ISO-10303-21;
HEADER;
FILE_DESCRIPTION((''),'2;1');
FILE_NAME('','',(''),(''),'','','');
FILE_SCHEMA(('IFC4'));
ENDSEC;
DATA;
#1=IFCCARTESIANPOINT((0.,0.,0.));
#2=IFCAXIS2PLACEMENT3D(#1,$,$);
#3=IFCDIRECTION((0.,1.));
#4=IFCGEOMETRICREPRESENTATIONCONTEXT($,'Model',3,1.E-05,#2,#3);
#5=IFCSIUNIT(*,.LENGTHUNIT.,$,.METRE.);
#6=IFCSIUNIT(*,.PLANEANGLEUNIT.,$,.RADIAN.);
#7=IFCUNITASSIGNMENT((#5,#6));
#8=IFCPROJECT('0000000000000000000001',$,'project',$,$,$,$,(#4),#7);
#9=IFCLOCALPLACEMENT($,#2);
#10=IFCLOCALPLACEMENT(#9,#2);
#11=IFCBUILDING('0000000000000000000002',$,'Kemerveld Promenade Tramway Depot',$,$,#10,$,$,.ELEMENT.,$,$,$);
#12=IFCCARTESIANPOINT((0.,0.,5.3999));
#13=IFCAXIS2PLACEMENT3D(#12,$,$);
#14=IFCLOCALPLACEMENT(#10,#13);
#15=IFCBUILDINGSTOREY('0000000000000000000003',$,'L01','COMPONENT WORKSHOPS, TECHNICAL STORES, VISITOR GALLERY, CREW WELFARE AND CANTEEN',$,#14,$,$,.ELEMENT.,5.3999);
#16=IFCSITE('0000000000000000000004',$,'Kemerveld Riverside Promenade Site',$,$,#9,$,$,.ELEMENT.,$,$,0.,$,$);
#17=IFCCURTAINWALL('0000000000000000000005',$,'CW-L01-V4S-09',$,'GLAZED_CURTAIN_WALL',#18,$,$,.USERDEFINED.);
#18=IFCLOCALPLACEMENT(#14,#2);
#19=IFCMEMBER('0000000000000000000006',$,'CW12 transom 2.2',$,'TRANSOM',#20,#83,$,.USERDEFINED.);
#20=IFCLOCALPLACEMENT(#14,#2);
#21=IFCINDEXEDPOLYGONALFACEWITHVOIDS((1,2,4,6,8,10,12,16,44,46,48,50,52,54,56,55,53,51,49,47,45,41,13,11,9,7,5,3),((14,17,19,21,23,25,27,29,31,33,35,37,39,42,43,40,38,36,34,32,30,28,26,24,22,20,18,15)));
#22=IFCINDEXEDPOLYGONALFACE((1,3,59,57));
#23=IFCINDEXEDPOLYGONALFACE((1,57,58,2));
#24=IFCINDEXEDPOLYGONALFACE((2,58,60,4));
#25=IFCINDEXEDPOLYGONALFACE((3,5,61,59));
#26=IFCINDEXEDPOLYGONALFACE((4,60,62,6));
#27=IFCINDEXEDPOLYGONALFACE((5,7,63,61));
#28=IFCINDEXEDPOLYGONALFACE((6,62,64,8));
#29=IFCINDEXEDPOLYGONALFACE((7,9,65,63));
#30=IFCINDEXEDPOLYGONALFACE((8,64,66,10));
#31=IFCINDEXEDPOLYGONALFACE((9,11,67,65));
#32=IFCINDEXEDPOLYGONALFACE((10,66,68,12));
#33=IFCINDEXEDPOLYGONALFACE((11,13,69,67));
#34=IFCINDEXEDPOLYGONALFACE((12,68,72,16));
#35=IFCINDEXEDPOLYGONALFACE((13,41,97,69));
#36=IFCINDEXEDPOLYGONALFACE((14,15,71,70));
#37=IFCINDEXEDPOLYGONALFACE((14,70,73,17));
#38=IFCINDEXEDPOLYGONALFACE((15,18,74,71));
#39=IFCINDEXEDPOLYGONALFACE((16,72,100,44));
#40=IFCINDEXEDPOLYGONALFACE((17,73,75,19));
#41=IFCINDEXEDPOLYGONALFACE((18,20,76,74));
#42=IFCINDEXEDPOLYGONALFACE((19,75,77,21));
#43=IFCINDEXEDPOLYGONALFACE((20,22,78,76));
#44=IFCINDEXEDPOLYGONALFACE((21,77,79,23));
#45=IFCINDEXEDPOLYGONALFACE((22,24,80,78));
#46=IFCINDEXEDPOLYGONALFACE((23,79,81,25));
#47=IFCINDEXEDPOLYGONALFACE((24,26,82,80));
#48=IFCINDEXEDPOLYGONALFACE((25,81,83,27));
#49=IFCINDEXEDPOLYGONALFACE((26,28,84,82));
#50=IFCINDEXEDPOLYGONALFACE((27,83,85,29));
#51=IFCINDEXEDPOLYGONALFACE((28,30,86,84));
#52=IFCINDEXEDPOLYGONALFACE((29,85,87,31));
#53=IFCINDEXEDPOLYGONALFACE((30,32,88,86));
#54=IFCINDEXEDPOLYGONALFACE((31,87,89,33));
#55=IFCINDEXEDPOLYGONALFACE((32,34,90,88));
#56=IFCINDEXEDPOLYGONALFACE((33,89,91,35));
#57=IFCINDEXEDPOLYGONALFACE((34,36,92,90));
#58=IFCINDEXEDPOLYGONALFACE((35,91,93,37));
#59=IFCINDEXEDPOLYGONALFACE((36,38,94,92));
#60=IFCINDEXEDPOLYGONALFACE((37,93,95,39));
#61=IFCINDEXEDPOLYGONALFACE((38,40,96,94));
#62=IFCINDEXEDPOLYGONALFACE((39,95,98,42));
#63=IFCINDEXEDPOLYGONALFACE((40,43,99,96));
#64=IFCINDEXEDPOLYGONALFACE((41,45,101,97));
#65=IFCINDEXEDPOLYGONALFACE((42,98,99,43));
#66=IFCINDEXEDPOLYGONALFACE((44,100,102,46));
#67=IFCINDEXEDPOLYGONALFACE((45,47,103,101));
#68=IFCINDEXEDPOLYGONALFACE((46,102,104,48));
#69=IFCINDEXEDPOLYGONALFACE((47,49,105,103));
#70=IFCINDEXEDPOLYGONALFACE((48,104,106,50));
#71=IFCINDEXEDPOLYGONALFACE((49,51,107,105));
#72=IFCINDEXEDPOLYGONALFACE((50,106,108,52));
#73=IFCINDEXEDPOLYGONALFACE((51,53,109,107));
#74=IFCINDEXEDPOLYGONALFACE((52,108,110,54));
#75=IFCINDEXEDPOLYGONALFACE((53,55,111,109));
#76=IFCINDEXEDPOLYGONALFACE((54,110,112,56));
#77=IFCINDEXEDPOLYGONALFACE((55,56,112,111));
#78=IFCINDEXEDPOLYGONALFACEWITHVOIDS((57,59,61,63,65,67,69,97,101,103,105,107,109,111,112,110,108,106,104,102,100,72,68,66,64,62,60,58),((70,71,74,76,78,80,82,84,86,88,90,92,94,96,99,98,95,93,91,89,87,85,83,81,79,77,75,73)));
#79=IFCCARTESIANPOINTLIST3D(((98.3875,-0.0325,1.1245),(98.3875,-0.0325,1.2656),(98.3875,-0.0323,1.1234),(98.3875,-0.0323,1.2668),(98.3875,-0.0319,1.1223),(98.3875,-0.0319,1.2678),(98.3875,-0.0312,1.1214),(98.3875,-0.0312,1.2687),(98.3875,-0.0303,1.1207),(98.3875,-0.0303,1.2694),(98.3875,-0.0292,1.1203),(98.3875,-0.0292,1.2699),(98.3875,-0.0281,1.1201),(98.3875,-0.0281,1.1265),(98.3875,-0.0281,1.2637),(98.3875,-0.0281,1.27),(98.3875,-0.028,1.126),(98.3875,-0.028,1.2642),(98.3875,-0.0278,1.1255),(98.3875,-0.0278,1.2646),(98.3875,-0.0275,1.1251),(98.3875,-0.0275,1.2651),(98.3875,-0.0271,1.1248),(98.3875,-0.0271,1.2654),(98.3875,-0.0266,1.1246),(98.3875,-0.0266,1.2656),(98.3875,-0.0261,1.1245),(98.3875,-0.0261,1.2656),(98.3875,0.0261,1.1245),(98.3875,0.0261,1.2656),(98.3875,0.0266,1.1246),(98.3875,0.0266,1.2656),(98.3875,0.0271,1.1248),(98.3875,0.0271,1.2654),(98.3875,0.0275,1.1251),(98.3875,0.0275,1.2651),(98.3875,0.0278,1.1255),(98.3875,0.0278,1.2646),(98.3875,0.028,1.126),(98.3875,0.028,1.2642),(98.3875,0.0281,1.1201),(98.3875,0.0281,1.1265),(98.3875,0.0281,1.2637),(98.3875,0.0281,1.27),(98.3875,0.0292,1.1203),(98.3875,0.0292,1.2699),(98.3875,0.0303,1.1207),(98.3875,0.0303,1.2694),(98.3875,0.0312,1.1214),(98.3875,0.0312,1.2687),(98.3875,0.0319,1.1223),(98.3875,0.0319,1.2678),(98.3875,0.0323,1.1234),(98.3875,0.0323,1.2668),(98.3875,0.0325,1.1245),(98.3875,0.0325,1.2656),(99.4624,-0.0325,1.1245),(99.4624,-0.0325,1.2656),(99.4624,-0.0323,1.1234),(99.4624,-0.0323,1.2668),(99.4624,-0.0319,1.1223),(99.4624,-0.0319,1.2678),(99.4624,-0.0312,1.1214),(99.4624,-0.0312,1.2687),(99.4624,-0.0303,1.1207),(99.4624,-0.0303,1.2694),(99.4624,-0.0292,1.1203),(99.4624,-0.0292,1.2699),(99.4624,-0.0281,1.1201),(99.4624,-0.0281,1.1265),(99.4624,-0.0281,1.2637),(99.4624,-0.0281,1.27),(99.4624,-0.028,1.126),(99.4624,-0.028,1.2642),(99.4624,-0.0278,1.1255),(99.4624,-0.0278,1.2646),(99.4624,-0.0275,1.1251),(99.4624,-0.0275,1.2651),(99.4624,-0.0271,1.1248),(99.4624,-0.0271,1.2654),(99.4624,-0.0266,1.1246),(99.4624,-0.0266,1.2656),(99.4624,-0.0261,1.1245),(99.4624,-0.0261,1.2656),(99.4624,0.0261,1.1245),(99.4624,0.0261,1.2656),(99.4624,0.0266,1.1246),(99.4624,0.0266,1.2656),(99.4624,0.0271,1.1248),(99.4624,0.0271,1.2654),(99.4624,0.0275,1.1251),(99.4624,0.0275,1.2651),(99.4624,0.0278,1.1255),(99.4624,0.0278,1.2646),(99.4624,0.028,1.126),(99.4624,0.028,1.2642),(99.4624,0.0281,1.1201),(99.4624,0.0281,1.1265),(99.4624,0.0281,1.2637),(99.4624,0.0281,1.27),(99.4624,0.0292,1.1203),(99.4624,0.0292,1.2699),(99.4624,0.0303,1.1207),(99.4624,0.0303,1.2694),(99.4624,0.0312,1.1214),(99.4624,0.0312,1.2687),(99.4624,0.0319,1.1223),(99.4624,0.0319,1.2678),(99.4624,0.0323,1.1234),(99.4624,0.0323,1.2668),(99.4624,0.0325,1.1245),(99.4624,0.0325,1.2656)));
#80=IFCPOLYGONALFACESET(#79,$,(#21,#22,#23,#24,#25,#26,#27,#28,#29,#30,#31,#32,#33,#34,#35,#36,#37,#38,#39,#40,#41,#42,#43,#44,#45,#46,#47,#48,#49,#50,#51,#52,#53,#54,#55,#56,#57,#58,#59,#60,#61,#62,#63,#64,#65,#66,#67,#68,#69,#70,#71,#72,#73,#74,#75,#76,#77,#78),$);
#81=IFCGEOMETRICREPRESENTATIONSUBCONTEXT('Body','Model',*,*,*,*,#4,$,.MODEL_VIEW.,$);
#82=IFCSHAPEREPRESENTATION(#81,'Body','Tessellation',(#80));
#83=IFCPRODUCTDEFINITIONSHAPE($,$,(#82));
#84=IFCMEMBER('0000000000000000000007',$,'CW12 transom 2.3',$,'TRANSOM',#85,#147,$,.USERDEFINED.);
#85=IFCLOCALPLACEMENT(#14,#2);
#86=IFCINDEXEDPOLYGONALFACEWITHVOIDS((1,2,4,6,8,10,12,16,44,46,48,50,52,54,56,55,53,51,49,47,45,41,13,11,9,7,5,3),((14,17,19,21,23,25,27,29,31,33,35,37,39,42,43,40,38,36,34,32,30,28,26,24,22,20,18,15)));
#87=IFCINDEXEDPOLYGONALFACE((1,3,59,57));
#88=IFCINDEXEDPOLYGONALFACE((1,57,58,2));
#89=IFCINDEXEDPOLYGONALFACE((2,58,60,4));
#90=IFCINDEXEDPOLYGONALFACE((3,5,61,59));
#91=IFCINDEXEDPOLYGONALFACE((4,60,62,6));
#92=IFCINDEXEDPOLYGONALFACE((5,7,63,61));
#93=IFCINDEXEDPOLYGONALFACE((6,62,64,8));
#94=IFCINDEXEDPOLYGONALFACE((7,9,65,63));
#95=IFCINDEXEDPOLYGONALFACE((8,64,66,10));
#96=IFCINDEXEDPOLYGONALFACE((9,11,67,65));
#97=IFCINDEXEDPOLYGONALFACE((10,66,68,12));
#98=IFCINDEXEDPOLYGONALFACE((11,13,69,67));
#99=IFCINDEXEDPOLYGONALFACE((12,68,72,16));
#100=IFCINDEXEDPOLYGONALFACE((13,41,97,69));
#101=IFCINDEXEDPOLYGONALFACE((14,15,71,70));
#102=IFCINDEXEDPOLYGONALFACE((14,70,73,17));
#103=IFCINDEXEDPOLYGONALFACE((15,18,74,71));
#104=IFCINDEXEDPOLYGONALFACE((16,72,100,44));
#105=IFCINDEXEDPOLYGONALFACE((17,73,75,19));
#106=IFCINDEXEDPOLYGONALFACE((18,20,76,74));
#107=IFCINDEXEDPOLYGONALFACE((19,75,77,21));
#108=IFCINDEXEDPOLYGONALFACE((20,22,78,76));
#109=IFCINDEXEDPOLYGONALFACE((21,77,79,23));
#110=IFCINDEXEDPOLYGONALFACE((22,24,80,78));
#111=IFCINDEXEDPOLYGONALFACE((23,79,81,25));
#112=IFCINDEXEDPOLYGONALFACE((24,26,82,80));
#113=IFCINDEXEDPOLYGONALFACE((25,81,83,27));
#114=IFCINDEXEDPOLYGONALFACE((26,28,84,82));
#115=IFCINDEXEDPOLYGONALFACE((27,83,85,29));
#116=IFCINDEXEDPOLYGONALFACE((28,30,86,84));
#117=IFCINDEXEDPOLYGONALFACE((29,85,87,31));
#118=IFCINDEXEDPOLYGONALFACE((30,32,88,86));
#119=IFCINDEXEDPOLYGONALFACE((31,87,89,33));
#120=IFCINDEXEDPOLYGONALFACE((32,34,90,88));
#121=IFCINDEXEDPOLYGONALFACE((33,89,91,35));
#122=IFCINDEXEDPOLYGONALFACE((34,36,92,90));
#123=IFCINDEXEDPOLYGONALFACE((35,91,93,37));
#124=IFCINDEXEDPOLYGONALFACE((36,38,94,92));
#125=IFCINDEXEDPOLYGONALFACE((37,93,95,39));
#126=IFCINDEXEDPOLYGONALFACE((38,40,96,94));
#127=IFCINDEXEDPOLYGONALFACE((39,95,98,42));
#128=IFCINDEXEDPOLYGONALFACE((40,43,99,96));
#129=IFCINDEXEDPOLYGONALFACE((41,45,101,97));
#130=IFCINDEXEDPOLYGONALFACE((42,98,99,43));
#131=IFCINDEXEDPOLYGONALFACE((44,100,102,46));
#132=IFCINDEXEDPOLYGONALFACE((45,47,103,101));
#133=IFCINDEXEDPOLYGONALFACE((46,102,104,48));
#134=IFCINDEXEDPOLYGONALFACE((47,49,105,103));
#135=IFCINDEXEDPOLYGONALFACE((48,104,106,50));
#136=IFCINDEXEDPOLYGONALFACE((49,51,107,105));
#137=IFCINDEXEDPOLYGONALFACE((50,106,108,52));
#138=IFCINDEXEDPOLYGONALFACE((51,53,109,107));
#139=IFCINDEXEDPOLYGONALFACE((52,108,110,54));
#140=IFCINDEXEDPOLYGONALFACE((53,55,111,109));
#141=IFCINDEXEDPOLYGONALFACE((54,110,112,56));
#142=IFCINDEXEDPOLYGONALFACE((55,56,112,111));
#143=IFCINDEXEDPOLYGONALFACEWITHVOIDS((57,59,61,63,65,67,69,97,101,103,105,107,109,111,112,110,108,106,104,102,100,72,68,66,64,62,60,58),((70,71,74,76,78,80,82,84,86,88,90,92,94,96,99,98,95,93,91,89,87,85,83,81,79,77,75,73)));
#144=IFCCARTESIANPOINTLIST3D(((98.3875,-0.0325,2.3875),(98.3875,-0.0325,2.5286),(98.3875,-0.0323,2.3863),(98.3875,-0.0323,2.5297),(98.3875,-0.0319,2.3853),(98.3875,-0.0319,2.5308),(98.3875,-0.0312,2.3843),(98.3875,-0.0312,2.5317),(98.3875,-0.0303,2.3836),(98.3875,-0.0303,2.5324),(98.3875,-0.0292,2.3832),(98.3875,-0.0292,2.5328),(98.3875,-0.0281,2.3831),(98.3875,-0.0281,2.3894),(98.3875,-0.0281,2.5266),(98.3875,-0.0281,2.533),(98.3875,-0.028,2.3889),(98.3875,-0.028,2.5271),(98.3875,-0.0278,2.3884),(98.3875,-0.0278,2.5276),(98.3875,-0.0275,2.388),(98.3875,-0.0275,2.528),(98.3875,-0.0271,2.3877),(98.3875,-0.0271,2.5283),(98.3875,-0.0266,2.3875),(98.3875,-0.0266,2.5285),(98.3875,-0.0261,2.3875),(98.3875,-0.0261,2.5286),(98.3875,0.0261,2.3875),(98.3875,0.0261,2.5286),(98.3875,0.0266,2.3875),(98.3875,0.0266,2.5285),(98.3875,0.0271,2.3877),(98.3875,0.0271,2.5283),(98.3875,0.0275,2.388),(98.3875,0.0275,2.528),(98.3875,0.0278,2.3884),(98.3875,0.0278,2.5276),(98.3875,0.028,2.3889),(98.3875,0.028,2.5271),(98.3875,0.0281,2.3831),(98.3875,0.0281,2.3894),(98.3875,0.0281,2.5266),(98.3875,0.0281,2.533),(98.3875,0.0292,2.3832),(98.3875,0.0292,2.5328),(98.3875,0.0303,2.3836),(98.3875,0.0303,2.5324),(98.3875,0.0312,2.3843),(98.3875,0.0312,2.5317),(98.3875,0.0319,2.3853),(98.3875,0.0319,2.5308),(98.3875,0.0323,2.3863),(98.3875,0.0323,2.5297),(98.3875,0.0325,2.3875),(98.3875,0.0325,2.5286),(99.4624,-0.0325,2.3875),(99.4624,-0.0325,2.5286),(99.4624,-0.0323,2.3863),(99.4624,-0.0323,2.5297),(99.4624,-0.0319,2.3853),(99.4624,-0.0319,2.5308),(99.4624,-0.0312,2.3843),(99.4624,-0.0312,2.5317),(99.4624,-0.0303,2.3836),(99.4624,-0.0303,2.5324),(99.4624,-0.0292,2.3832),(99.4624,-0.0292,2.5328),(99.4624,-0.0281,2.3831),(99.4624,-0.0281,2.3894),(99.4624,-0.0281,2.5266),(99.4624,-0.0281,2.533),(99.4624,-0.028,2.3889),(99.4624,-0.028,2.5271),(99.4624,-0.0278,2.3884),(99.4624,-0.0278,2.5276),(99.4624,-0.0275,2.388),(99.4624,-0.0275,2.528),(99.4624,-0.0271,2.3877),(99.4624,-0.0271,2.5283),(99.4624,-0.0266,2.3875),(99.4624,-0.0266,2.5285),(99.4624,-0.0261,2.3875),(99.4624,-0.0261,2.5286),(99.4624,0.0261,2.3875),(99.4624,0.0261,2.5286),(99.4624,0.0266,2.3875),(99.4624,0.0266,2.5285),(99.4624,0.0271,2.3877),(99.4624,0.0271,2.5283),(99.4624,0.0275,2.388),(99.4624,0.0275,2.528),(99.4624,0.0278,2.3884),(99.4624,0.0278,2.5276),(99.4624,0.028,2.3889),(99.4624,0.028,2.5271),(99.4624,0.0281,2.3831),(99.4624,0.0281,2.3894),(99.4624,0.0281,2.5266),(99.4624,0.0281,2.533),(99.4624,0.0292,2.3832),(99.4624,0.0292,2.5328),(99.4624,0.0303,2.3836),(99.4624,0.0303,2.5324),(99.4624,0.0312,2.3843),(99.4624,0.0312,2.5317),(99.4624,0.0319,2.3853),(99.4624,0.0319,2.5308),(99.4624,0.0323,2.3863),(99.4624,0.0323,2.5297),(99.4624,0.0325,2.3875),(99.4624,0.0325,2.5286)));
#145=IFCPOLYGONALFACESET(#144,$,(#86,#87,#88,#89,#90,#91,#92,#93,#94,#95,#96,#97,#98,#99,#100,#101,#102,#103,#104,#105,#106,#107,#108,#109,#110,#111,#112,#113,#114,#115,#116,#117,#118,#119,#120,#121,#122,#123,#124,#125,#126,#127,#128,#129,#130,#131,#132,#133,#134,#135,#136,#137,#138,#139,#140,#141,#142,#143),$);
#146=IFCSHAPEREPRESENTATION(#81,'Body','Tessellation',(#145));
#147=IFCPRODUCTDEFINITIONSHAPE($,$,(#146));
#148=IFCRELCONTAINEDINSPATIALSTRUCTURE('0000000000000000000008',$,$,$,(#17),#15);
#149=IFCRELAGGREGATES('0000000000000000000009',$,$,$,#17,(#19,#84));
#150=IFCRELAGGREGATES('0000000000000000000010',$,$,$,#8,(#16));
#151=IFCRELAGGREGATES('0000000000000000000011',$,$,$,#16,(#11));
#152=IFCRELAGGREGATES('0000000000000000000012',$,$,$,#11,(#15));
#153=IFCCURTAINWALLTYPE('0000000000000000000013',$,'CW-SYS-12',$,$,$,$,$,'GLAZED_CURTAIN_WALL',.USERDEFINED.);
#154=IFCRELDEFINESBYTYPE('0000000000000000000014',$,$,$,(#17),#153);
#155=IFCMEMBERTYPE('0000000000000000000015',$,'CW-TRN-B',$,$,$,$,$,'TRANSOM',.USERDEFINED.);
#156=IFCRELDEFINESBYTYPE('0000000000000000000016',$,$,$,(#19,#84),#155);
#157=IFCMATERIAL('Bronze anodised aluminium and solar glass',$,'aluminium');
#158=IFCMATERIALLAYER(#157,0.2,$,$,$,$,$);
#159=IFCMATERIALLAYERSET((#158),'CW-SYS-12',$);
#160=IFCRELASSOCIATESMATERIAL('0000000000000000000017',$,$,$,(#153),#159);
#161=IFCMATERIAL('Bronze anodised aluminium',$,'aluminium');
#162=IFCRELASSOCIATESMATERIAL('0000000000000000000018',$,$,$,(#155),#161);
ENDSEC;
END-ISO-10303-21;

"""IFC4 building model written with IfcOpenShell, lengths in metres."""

from ifc_helpers import new_model, si_unit, direction, frame, origin, origin_2d, place, context, subcontext, project, spatial, hollow_rectangle, extrude, material, layer, layer_set, material_profile, profile_set, type_object, element, aggregate, save


model = new_model("IFC4")

# Units and contexts
model_context = context("Model", 3, precision=1e-05, world=origin(), true_north=direction((0.0, 1.0)))
body_context = subcontext(model_context, "Body", "Model", "MODEL_VIEW")
ifc_project = project(units=[si_unit("LENGTHUNIT", "METRE"), si_unit("PLANEANGLEUNIT", "RADIAN")], contexts=[model_context])

# Site, building, storey
site_placement = place(None, origin())
site = spatial("IfcSite", under=ifc_project, at=site_placement, Name="Kemerveld Riverside Promenade Site", CompositionType="ELEMENT", RefElevation=0.0)
building_placement = place(site_placement, origin())
building = spatial("IfcBuilding", under=site, at=building_placement, Name="Kemerveld Promenade Tramway Depot", CompositionType="ELEMENT")
storey_placement = place(building_placement, frame((0.0, 0.0, 5.3999)))
storey = spatial("IfcBuildingStorey", under=building, at=storey_placement, Name="L01", Description="COMPONENT WORKSHOPS, TECHNICAL STORES, VISITOR GALLERY, CREW WELFARE AND CANTEEN", CompositionType="ELEMENT", Elevation=5.3999)

# Curtain wall, members
ifc_material_1 = material(Name="Bronze anodised aluminium and solar glass", Category="aluminium")
ifc_layer_1 = layer(ifc_material_1, 0.2)
ifc_layer_set_1 = layer_set([ifc_layer_1], Name="CW-SYS-12")
curtain_wall_type = type_object("IfcCurtainWallType", Name="CW-SYS-12", ElementType="GLAZED_CURTAIN_WALL", PredefinedType="USERDEFINED", material=ifc_layer_set_1)
curtain_wall_placement = place(storey_placement, origin())
curtain_wall = element("IfcCurtainWall", 1, at=curtain_wall_placement, inside=storey, type_object=curtain_wall_type, Name="CW-L01-V4S-09", ObjectType="GLAZED_CURTAIN_WALL", PredefinedType="USERDEFINED")
ifc_material_2 = material(Name="Bronze anodised aluminium", Category="aluminium")
ifc_material_profile_1 = material_profile(ifc_material_2, hollow_rectangle(XDim=0.0649, YDim=0.1499, WallThickness=0.0044, InnerFilletRadius=0.002, OuterFilletRadius=0.0044, at=origin_2d()), Name="CW-TRN-150x65")
ifc_profile_set_1 = profile_set([ifc_material_profile_1], Name="Bronze anodised aluminium")
member_type_1 = type_object("IfcMemberType", Name="CW-TRN-B", ElementType="TRANSOM", PredefinedType="USERDEFINED", material=ifc_profile_set_1)
member_1_placement = place(storey_placement, frame((99.4624, 0.0, 1.1951), z_axis=(-1.0, 0.0, 0.0), x_axis=(0.0, -1.0, 0.0)))
member_1 = element("IfcMember", 2, at=member_1_placement, type_object=member_type_1, Name="CW12 transom 2.2", ObjectType="TRANSOM", PredefinedType="USERDEFINED", context=body_context, shape_type="SweptSolid", body=[
    extrude(hollow_rectangle(XDim=0.0649, YDim=0.1499, WallThickness=0.0044, InnerFilletRadius=0.002, OuterFilletRadius=0.0044, at=origin_2d()), origin(), (0.0, 0.0, 1.0), 1.075),
])
member_2_placement = place(storey_placement, frame((99.4624, 0.0, 2.458), z_axis=(-1.0, 0.0, 0.0), x_axis=(0.0, -1.0, 0.0)))
member_2 = element("IfcMember", 3, at=member_2_placement, type_object=member_type_1, Name="CW12 transom 2.3", ObjectType="TRANSOM", PredefinedType="USERDEFINED", context=body_context, shape_type="SweptSolid", body=[
    extrude(hollow_rectangle(XDim=0.0649, YDim=0.1499, WallThickness=0.0044, InnerFilletRadius=0.002, OuterFilletRadius=0.0044, at=origin_2d()), origin(), (0.0, 0.0, 1.0), 1.075),
])
aggregate(curtain_wall, [member_1, member_2])

save(model, "model.ifc")
